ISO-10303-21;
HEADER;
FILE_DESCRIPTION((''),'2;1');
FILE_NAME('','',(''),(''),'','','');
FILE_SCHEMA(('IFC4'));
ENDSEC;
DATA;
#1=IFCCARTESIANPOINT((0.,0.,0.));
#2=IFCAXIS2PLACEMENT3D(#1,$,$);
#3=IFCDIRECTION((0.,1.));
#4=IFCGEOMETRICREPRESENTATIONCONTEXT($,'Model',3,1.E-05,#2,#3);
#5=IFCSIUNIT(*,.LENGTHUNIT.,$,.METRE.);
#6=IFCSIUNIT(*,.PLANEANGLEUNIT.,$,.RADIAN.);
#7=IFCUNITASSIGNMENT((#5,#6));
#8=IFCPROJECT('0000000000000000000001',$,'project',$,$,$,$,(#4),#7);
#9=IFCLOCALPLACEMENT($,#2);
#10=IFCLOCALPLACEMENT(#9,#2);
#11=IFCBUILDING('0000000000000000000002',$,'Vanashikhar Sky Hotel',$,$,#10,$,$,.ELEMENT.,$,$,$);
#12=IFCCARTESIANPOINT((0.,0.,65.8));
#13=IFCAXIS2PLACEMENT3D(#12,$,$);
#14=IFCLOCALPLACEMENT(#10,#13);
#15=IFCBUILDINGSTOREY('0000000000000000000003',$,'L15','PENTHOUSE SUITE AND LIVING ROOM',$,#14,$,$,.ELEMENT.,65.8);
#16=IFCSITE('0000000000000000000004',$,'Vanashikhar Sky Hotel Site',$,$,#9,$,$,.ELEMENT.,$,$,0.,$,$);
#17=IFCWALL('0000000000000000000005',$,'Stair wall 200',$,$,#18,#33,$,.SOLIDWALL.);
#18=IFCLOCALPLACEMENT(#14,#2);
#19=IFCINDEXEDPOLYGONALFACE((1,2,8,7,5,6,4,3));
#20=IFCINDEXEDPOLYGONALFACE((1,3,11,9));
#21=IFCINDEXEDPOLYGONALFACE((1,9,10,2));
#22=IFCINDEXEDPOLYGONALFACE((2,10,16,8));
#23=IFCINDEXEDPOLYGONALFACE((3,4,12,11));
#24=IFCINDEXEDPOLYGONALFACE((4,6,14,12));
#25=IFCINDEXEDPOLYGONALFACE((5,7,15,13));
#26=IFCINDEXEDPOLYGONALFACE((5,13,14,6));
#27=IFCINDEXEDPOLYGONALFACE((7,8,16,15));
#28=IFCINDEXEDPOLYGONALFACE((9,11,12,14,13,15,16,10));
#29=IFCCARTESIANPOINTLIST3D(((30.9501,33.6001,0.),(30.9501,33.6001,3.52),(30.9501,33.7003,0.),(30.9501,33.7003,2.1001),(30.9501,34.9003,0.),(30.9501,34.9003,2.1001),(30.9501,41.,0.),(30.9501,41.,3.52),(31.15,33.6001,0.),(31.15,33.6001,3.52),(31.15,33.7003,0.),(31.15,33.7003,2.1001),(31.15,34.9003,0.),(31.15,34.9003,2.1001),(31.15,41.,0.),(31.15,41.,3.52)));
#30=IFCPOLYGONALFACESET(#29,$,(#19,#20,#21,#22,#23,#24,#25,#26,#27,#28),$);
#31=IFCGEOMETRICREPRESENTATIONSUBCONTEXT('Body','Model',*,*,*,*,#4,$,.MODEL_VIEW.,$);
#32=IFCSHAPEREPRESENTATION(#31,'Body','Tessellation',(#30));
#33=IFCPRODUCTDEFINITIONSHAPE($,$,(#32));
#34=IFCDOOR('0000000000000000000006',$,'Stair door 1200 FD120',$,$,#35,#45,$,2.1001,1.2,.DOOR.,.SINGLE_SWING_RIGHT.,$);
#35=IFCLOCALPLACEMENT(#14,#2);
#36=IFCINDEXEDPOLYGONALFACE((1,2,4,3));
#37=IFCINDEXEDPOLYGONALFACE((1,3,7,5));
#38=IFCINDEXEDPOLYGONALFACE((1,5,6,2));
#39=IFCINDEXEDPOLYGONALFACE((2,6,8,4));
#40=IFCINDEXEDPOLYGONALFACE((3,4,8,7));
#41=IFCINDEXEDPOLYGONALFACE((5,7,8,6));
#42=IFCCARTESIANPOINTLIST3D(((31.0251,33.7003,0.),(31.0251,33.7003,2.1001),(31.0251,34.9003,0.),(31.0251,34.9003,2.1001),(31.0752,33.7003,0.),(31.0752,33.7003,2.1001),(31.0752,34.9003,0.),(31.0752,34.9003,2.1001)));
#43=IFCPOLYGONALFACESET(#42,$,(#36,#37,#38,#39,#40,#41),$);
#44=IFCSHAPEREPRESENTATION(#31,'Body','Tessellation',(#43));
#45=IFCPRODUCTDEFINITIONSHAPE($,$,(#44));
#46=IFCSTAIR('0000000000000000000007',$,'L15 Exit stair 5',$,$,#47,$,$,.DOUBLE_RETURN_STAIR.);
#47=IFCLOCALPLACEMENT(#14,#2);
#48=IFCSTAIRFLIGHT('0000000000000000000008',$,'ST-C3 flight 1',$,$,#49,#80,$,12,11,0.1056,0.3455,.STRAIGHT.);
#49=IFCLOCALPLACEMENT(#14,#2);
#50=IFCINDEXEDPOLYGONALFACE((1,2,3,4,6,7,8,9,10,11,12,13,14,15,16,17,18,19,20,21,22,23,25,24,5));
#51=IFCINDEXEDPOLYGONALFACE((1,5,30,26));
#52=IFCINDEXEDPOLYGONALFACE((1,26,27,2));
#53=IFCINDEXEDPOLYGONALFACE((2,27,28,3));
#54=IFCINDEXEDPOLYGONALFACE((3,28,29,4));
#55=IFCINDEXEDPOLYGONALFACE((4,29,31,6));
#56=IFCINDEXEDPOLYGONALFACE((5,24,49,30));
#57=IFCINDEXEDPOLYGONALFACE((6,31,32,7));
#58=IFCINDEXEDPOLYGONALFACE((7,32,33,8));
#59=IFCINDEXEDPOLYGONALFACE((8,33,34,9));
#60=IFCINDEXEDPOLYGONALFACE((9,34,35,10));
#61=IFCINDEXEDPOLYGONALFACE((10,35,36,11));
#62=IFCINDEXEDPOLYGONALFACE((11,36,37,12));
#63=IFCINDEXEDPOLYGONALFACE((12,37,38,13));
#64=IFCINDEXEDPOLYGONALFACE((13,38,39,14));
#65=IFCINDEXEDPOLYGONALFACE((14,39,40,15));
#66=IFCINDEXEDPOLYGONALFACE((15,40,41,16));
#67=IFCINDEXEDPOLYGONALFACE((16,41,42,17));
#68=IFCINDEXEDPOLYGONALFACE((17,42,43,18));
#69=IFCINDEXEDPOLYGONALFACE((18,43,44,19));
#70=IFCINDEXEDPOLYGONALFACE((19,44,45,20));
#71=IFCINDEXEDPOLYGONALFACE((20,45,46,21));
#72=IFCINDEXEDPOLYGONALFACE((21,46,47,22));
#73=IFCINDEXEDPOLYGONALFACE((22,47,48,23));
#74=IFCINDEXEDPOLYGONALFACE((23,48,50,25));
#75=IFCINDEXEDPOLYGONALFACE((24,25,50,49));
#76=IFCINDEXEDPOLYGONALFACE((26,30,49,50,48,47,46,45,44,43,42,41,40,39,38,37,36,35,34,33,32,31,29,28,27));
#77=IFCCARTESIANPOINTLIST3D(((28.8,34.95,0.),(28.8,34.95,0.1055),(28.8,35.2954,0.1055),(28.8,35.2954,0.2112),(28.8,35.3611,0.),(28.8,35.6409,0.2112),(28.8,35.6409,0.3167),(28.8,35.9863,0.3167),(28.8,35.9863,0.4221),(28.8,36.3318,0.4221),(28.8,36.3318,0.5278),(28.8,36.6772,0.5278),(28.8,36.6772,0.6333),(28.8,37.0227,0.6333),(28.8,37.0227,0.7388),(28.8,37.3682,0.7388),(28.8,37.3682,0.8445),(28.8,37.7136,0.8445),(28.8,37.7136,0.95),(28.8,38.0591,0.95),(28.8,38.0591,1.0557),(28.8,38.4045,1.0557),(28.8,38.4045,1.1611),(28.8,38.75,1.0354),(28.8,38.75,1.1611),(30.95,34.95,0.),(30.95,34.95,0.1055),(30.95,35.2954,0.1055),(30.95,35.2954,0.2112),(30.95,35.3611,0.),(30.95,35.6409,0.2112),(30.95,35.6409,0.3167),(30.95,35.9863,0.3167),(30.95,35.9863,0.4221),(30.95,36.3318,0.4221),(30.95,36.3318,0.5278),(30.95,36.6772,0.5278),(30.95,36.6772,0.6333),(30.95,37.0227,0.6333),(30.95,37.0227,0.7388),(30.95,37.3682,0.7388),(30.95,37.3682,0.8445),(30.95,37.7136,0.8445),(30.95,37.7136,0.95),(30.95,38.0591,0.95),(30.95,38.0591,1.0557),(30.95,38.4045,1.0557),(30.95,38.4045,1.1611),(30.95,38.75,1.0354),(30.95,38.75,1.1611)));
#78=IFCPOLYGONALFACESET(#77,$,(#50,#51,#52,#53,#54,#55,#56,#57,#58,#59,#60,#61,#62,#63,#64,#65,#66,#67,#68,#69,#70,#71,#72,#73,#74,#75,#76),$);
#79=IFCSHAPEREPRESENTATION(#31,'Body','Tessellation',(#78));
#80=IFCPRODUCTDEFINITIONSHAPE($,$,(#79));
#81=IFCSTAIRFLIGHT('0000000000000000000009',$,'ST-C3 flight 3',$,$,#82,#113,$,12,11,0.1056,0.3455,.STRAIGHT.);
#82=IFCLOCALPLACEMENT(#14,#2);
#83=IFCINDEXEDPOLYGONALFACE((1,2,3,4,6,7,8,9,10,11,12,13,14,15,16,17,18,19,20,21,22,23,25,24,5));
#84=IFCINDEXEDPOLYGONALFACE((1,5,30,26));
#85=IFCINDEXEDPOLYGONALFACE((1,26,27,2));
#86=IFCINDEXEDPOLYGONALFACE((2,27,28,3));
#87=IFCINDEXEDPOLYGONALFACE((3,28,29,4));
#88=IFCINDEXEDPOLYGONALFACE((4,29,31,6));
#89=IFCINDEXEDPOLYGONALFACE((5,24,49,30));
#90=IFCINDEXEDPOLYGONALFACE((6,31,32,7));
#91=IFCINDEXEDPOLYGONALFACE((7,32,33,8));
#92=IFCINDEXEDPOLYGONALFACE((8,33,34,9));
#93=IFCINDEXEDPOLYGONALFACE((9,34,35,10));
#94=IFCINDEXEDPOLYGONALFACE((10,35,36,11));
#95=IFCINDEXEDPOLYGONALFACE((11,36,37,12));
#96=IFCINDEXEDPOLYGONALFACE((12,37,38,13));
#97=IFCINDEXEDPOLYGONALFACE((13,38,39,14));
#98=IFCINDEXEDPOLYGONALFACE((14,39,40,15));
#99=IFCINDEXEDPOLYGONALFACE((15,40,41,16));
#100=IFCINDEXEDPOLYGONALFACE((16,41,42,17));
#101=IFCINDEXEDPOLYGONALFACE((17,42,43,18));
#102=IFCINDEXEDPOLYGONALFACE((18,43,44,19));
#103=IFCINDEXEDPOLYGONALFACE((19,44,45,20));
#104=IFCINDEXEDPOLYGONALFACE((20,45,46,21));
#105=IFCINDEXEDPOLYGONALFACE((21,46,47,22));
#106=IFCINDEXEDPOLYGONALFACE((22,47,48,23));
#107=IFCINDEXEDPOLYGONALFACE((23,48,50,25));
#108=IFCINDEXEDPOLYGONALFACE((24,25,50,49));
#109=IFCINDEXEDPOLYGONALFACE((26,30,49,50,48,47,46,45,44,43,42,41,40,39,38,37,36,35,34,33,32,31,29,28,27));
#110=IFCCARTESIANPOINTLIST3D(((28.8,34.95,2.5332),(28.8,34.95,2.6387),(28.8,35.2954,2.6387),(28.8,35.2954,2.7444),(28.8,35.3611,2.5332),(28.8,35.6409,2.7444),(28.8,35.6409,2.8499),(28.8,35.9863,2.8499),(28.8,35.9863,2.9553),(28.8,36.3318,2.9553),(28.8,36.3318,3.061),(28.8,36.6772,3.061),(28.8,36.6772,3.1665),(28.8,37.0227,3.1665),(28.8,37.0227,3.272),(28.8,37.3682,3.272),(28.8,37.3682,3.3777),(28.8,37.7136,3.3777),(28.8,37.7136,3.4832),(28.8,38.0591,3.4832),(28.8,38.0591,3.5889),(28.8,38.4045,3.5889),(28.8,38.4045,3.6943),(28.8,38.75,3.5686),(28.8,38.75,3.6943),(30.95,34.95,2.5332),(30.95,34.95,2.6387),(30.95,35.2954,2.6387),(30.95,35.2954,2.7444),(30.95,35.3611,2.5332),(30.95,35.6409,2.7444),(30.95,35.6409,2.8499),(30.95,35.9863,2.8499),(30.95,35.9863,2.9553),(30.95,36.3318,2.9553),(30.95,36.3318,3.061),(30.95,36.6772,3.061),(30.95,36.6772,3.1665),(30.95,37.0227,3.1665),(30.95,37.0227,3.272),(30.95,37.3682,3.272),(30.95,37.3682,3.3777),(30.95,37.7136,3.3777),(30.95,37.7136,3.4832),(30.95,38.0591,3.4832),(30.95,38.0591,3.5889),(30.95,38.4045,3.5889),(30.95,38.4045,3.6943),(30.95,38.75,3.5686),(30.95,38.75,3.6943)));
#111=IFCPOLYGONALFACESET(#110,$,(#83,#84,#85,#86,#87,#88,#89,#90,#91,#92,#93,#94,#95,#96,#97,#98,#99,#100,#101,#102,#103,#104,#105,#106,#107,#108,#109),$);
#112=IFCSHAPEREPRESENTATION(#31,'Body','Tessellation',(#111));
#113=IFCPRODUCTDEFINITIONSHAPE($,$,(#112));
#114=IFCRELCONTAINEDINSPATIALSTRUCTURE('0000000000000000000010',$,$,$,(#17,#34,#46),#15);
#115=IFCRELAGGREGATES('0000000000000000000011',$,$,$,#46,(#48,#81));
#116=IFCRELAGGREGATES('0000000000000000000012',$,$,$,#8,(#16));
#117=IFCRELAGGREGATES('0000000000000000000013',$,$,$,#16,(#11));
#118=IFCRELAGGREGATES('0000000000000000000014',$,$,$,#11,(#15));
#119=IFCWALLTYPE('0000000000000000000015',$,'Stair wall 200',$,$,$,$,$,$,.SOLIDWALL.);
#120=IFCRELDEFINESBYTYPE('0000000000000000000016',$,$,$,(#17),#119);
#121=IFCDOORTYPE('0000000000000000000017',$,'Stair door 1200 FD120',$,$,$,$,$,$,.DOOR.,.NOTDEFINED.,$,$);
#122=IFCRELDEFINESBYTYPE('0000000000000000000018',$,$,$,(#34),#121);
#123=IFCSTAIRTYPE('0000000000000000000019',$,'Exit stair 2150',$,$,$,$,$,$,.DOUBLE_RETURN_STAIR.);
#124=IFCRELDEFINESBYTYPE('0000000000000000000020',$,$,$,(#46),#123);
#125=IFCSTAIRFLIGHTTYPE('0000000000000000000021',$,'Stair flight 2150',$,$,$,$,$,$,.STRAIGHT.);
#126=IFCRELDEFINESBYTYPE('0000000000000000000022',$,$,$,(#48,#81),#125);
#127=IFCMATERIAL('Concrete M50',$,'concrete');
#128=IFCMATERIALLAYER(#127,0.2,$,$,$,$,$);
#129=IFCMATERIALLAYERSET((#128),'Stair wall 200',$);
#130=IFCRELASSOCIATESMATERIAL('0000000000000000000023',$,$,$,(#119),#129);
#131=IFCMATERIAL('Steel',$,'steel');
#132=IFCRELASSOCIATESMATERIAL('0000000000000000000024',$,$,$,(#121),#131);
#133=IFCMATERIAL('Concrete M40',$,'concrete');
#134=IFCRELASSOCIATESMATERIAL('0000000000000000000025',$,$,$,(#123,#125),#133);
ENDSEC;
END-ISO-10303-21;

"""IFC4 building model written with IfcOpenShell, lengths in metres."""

from ifc_helpers import new_model, si_unit, direction, frame, frame_2d, origin, place, context, subcontext, project, spatial, polyline, rectangle, outline, extrude, source, transform, mapped, material, layer, layer_set, type_object, element, fill, aggregate, save


model = new_model("IFC4")

# Units and contexts
model_context = context("Model", 3, precision=1e-05, world=origin(), true_north=direction((0.0, 1.0)))
body_context = subcontext(model_context, "Body", "Model", "MODEL_VIEW")
ifc_project = project(units=[si_unit("LENGTHUNIT", "METRE"), si_unit("PLANEANGLEUNIT", "RADIAN")], contexts=[model_context])

# Site, building, storey
site_placement = place(None, origin())
site = spatial("IfcSite", under=ifc_project, at=site_placement, Name="Vanashikhar Sky Hotel Site", CompositionType="ELEMENT", RefElevation=0.0)
building_placement = place(site_placement, origin())
building = spatial("IfcBuilding", under=site, at=building_placement, Name="Vanashikhar Sky Hotel", CompositionType="ELEMENT")
storey_placement = place(building_placement, frame((0.0, 0.0, 65.8)))
storey = spatial("IfcBuildingStorey", under=building, at=storey_placement, Name="L15", Description="PENTHOUSE SUITE AND LIVING ROOM", CompositionType="ELEMENT", Elevation=65.8)

# Shared definitions
ifc_material_1 = material(Name="Steel", Category="steel")

# Shared definitions
ifc_material_2 = material(Name="Concrete M40", Category="concrete")

# Wall, opening, door
ifc_material_3 = material(Name="Concrete M50", Category="concrete")
ifc_layer_1 = layer(ifc_material_3, 0.2)
ifc_layer_set_1 = layer_set([ifc_layer_1], Name="Stair wall 200")
wall_type_1 = type_object("IfcWallType", Name="Stair wall 200", PredefinedType="SOLIDWALL", material=ifc_layer_set_1)
shared_shape_1 = source(origin(), body_context, "Body", "SweptSolid", [
    extrude(rectangle(XDim=7.3999, YDim=0.2, at=frame_2d((3.7, 0.0))), origin(), (0.0, 0.0, 1.0), 3.52),
])
wall_1_placement = place(storey_placement, frame((31.05, 33.6001, 0.0), z_axis=(0.0, 0.0, 1.0), x_axis=(0.0, 1.0, 0.0)))
wall_1 = element("IfcWall", 1, at=wall_1_placement, inside=storey, type_object=wall_type_1, Name="Stair wall 200", PredefinedType="SOLIDWALL", context=body_context, shape_type="MappedRepresentation", body=[
    mapped(shared_shape_1, transform((0.0, 0.0, 0.0), scale=1.0)),
])
shared_shape_2 = source(origin(), body_context, "Body", "SweptSolid", [
    extrude(rectangle(XDim=1.2, YDim=2.1001, at=frame_2d((0.6001, 1.05))), frame((0.0, 0.1099, 0.0), z_axis=(0.0, -1.0, 0.0), x_axis=(1.0, 0.0, 0.0)), (0.0, 0.0, 1.0), 0.22),
])
opening_1_placement = place(wall_1_placement, frame((0.1001, 0.0, 0.0)))
opening_1 = element("IfcOpeningElement", 2, at=opening_1_placement, cuts=wall_1, PredefinedType="OPENING", context=body_context, shape_type="MappedRepresentation", body=[
    mapped(shared_shape_2, transform((0.0, 0.0, 0.0), scale=1.0)),
])
door_type_1 = type_object("IfcDoorType", Name="Stair door 1200 FD120", OperationType="NOTDEFINED", PredefinedType="DOOR", material=ifc_material_1)
shared_shape_3 = source(origin(), body_context, "Body", "SweptSolid", [
    extrude(rectangle(XDim=1.2, YDim=2.1001, at=frame_2d((0.6001, 1.05))), frame((0.0, 0.0249, 0.0), z_axis=(0.0, -1.0, 0.0), x_axis=(1.0, 0.0, 0.0)), (0.0, 0.0, 1.0), 0.05),
])
door_1_placement = place(opening_1_placement, origin())
door_1 = element("IfcDoor", 3, at=door_1_placement, inside=storey, type_object=door_type_1, Name="Stair door 1200 FD120", OperationType="SINGLE_SWING_RIGHT", OverallHeight=2.1001, OverallWidth=1.2, PredefinedType="DOOR", context=body_context, shape_type="MappedRepresentation", body=[
    mapped(shared_shape_3, transform((0.0, 0.0, 0.0), scale=1.0)),
])
fill(opening_1, door_1)

# Stair, stair flights
stair_type = type_object("IfcStairType", Name="Exit stair 2150", PredefinedType="DOUBLE_RETURN_STAIR", material=ifc_material_2)
stair_placement = place(storey_placement, origin())
stair = element("IfcStair", 4, at=stair_placement, inside=storey, type_object=stair_type, Name="L15 Exit stair 5", PredefinedType="DOUBLE_RETURN_STAIR")
stair_flight_type = type_object("IfcStairFlightType", Name="Stair flight 2150", PredefinedType="STRAIGHT", material=ifc_material_2)
shared_shape_4 = source(origin(), body_context, "Body", "SweptSolid", [
    extrude(outline(polyline([(0.0, 0.0), (0.0, 0.1055), (0.3455, 0.1055), (0.3455, 0.2112), (0.6909, 0.2112), (0.6909, 0.3167), (1.0364, 0.3167), (1.0364, 0.4221), (1.3818, 0.4221), (1.3818, 0.5278), (1.7273, 0.5278), (1.7273, 0.6333), (2.0728, 0.6333), (2.0728, 0.7388), (2.4182, 0.7388), (2.4182, 0.8445), (2.7637, 0.8445), (2.7637, 0.95), (3.1091, 0.95), (3.1091, 1.0557), (3.4546, 1.0557), (3.4546, 1.1611), (3.8, 1.1611), (3.8, 1.2666), (3.8, 1.0354), (0.4111, 0.0), (0.0, 0.0)])), frame((0.0, 1.075, 0.0), z_axis=(0.0, -1.0, 0.0), x_axis=(1.0, 0.0, 0.0)), (0.0, 0.0, 1.0), 2.1499),
])
stair_flight_1_placement = place(storey_placement, frame((29.875, 34.95, 0.0), z_axis=(0.0, 0.0, 1.0), x_axis=(0.0, 1.0, 0.0)))
stair_flight_1 = element("IfcStairFlight", 5, at=stair_flight_1_placement, type_object=stair_flight_type, Name="ST-C3 flight 1", NumberOfRisers=12, NumberOfTreads=11, PredefinedType="STRAIGHT", RiserHeight=0.1056, TreadLength=0.3455, context=body_context, shape_type="MappedRepresentation", body=[
    mapped(shared_shape_4, transform((0.0, 0.0, 0.0), scale=1.0)),
])
stair_flight_2_placement = place(storey_placement, frame((29.875, 34.95, 2.5332), z_axis=(0.0, 0.0, 1.0), x_axis=(0.0, 1.0, 0.0)))
stair_flight_2 = element("IfcStairFlight", 6, at=stair_flight_2_placement, type_object=stair_flight_type, Name="ST-C3 flight 3", NumberOfRisers=12, NumberOfTreads=11, PredefinedType="STRAIGHT", RiserHeight=0.1056, TreadLength=0.3455, context=body_context, shape_type="MappedRepresentation", body=[
    mapped(shared_shape_4, transform((0.0, 0.0, 0.0), scale=1.0)),
])
aggregate(stair, [stair_flight_1, stair_flight_2])

save(model, "model.ifc")
